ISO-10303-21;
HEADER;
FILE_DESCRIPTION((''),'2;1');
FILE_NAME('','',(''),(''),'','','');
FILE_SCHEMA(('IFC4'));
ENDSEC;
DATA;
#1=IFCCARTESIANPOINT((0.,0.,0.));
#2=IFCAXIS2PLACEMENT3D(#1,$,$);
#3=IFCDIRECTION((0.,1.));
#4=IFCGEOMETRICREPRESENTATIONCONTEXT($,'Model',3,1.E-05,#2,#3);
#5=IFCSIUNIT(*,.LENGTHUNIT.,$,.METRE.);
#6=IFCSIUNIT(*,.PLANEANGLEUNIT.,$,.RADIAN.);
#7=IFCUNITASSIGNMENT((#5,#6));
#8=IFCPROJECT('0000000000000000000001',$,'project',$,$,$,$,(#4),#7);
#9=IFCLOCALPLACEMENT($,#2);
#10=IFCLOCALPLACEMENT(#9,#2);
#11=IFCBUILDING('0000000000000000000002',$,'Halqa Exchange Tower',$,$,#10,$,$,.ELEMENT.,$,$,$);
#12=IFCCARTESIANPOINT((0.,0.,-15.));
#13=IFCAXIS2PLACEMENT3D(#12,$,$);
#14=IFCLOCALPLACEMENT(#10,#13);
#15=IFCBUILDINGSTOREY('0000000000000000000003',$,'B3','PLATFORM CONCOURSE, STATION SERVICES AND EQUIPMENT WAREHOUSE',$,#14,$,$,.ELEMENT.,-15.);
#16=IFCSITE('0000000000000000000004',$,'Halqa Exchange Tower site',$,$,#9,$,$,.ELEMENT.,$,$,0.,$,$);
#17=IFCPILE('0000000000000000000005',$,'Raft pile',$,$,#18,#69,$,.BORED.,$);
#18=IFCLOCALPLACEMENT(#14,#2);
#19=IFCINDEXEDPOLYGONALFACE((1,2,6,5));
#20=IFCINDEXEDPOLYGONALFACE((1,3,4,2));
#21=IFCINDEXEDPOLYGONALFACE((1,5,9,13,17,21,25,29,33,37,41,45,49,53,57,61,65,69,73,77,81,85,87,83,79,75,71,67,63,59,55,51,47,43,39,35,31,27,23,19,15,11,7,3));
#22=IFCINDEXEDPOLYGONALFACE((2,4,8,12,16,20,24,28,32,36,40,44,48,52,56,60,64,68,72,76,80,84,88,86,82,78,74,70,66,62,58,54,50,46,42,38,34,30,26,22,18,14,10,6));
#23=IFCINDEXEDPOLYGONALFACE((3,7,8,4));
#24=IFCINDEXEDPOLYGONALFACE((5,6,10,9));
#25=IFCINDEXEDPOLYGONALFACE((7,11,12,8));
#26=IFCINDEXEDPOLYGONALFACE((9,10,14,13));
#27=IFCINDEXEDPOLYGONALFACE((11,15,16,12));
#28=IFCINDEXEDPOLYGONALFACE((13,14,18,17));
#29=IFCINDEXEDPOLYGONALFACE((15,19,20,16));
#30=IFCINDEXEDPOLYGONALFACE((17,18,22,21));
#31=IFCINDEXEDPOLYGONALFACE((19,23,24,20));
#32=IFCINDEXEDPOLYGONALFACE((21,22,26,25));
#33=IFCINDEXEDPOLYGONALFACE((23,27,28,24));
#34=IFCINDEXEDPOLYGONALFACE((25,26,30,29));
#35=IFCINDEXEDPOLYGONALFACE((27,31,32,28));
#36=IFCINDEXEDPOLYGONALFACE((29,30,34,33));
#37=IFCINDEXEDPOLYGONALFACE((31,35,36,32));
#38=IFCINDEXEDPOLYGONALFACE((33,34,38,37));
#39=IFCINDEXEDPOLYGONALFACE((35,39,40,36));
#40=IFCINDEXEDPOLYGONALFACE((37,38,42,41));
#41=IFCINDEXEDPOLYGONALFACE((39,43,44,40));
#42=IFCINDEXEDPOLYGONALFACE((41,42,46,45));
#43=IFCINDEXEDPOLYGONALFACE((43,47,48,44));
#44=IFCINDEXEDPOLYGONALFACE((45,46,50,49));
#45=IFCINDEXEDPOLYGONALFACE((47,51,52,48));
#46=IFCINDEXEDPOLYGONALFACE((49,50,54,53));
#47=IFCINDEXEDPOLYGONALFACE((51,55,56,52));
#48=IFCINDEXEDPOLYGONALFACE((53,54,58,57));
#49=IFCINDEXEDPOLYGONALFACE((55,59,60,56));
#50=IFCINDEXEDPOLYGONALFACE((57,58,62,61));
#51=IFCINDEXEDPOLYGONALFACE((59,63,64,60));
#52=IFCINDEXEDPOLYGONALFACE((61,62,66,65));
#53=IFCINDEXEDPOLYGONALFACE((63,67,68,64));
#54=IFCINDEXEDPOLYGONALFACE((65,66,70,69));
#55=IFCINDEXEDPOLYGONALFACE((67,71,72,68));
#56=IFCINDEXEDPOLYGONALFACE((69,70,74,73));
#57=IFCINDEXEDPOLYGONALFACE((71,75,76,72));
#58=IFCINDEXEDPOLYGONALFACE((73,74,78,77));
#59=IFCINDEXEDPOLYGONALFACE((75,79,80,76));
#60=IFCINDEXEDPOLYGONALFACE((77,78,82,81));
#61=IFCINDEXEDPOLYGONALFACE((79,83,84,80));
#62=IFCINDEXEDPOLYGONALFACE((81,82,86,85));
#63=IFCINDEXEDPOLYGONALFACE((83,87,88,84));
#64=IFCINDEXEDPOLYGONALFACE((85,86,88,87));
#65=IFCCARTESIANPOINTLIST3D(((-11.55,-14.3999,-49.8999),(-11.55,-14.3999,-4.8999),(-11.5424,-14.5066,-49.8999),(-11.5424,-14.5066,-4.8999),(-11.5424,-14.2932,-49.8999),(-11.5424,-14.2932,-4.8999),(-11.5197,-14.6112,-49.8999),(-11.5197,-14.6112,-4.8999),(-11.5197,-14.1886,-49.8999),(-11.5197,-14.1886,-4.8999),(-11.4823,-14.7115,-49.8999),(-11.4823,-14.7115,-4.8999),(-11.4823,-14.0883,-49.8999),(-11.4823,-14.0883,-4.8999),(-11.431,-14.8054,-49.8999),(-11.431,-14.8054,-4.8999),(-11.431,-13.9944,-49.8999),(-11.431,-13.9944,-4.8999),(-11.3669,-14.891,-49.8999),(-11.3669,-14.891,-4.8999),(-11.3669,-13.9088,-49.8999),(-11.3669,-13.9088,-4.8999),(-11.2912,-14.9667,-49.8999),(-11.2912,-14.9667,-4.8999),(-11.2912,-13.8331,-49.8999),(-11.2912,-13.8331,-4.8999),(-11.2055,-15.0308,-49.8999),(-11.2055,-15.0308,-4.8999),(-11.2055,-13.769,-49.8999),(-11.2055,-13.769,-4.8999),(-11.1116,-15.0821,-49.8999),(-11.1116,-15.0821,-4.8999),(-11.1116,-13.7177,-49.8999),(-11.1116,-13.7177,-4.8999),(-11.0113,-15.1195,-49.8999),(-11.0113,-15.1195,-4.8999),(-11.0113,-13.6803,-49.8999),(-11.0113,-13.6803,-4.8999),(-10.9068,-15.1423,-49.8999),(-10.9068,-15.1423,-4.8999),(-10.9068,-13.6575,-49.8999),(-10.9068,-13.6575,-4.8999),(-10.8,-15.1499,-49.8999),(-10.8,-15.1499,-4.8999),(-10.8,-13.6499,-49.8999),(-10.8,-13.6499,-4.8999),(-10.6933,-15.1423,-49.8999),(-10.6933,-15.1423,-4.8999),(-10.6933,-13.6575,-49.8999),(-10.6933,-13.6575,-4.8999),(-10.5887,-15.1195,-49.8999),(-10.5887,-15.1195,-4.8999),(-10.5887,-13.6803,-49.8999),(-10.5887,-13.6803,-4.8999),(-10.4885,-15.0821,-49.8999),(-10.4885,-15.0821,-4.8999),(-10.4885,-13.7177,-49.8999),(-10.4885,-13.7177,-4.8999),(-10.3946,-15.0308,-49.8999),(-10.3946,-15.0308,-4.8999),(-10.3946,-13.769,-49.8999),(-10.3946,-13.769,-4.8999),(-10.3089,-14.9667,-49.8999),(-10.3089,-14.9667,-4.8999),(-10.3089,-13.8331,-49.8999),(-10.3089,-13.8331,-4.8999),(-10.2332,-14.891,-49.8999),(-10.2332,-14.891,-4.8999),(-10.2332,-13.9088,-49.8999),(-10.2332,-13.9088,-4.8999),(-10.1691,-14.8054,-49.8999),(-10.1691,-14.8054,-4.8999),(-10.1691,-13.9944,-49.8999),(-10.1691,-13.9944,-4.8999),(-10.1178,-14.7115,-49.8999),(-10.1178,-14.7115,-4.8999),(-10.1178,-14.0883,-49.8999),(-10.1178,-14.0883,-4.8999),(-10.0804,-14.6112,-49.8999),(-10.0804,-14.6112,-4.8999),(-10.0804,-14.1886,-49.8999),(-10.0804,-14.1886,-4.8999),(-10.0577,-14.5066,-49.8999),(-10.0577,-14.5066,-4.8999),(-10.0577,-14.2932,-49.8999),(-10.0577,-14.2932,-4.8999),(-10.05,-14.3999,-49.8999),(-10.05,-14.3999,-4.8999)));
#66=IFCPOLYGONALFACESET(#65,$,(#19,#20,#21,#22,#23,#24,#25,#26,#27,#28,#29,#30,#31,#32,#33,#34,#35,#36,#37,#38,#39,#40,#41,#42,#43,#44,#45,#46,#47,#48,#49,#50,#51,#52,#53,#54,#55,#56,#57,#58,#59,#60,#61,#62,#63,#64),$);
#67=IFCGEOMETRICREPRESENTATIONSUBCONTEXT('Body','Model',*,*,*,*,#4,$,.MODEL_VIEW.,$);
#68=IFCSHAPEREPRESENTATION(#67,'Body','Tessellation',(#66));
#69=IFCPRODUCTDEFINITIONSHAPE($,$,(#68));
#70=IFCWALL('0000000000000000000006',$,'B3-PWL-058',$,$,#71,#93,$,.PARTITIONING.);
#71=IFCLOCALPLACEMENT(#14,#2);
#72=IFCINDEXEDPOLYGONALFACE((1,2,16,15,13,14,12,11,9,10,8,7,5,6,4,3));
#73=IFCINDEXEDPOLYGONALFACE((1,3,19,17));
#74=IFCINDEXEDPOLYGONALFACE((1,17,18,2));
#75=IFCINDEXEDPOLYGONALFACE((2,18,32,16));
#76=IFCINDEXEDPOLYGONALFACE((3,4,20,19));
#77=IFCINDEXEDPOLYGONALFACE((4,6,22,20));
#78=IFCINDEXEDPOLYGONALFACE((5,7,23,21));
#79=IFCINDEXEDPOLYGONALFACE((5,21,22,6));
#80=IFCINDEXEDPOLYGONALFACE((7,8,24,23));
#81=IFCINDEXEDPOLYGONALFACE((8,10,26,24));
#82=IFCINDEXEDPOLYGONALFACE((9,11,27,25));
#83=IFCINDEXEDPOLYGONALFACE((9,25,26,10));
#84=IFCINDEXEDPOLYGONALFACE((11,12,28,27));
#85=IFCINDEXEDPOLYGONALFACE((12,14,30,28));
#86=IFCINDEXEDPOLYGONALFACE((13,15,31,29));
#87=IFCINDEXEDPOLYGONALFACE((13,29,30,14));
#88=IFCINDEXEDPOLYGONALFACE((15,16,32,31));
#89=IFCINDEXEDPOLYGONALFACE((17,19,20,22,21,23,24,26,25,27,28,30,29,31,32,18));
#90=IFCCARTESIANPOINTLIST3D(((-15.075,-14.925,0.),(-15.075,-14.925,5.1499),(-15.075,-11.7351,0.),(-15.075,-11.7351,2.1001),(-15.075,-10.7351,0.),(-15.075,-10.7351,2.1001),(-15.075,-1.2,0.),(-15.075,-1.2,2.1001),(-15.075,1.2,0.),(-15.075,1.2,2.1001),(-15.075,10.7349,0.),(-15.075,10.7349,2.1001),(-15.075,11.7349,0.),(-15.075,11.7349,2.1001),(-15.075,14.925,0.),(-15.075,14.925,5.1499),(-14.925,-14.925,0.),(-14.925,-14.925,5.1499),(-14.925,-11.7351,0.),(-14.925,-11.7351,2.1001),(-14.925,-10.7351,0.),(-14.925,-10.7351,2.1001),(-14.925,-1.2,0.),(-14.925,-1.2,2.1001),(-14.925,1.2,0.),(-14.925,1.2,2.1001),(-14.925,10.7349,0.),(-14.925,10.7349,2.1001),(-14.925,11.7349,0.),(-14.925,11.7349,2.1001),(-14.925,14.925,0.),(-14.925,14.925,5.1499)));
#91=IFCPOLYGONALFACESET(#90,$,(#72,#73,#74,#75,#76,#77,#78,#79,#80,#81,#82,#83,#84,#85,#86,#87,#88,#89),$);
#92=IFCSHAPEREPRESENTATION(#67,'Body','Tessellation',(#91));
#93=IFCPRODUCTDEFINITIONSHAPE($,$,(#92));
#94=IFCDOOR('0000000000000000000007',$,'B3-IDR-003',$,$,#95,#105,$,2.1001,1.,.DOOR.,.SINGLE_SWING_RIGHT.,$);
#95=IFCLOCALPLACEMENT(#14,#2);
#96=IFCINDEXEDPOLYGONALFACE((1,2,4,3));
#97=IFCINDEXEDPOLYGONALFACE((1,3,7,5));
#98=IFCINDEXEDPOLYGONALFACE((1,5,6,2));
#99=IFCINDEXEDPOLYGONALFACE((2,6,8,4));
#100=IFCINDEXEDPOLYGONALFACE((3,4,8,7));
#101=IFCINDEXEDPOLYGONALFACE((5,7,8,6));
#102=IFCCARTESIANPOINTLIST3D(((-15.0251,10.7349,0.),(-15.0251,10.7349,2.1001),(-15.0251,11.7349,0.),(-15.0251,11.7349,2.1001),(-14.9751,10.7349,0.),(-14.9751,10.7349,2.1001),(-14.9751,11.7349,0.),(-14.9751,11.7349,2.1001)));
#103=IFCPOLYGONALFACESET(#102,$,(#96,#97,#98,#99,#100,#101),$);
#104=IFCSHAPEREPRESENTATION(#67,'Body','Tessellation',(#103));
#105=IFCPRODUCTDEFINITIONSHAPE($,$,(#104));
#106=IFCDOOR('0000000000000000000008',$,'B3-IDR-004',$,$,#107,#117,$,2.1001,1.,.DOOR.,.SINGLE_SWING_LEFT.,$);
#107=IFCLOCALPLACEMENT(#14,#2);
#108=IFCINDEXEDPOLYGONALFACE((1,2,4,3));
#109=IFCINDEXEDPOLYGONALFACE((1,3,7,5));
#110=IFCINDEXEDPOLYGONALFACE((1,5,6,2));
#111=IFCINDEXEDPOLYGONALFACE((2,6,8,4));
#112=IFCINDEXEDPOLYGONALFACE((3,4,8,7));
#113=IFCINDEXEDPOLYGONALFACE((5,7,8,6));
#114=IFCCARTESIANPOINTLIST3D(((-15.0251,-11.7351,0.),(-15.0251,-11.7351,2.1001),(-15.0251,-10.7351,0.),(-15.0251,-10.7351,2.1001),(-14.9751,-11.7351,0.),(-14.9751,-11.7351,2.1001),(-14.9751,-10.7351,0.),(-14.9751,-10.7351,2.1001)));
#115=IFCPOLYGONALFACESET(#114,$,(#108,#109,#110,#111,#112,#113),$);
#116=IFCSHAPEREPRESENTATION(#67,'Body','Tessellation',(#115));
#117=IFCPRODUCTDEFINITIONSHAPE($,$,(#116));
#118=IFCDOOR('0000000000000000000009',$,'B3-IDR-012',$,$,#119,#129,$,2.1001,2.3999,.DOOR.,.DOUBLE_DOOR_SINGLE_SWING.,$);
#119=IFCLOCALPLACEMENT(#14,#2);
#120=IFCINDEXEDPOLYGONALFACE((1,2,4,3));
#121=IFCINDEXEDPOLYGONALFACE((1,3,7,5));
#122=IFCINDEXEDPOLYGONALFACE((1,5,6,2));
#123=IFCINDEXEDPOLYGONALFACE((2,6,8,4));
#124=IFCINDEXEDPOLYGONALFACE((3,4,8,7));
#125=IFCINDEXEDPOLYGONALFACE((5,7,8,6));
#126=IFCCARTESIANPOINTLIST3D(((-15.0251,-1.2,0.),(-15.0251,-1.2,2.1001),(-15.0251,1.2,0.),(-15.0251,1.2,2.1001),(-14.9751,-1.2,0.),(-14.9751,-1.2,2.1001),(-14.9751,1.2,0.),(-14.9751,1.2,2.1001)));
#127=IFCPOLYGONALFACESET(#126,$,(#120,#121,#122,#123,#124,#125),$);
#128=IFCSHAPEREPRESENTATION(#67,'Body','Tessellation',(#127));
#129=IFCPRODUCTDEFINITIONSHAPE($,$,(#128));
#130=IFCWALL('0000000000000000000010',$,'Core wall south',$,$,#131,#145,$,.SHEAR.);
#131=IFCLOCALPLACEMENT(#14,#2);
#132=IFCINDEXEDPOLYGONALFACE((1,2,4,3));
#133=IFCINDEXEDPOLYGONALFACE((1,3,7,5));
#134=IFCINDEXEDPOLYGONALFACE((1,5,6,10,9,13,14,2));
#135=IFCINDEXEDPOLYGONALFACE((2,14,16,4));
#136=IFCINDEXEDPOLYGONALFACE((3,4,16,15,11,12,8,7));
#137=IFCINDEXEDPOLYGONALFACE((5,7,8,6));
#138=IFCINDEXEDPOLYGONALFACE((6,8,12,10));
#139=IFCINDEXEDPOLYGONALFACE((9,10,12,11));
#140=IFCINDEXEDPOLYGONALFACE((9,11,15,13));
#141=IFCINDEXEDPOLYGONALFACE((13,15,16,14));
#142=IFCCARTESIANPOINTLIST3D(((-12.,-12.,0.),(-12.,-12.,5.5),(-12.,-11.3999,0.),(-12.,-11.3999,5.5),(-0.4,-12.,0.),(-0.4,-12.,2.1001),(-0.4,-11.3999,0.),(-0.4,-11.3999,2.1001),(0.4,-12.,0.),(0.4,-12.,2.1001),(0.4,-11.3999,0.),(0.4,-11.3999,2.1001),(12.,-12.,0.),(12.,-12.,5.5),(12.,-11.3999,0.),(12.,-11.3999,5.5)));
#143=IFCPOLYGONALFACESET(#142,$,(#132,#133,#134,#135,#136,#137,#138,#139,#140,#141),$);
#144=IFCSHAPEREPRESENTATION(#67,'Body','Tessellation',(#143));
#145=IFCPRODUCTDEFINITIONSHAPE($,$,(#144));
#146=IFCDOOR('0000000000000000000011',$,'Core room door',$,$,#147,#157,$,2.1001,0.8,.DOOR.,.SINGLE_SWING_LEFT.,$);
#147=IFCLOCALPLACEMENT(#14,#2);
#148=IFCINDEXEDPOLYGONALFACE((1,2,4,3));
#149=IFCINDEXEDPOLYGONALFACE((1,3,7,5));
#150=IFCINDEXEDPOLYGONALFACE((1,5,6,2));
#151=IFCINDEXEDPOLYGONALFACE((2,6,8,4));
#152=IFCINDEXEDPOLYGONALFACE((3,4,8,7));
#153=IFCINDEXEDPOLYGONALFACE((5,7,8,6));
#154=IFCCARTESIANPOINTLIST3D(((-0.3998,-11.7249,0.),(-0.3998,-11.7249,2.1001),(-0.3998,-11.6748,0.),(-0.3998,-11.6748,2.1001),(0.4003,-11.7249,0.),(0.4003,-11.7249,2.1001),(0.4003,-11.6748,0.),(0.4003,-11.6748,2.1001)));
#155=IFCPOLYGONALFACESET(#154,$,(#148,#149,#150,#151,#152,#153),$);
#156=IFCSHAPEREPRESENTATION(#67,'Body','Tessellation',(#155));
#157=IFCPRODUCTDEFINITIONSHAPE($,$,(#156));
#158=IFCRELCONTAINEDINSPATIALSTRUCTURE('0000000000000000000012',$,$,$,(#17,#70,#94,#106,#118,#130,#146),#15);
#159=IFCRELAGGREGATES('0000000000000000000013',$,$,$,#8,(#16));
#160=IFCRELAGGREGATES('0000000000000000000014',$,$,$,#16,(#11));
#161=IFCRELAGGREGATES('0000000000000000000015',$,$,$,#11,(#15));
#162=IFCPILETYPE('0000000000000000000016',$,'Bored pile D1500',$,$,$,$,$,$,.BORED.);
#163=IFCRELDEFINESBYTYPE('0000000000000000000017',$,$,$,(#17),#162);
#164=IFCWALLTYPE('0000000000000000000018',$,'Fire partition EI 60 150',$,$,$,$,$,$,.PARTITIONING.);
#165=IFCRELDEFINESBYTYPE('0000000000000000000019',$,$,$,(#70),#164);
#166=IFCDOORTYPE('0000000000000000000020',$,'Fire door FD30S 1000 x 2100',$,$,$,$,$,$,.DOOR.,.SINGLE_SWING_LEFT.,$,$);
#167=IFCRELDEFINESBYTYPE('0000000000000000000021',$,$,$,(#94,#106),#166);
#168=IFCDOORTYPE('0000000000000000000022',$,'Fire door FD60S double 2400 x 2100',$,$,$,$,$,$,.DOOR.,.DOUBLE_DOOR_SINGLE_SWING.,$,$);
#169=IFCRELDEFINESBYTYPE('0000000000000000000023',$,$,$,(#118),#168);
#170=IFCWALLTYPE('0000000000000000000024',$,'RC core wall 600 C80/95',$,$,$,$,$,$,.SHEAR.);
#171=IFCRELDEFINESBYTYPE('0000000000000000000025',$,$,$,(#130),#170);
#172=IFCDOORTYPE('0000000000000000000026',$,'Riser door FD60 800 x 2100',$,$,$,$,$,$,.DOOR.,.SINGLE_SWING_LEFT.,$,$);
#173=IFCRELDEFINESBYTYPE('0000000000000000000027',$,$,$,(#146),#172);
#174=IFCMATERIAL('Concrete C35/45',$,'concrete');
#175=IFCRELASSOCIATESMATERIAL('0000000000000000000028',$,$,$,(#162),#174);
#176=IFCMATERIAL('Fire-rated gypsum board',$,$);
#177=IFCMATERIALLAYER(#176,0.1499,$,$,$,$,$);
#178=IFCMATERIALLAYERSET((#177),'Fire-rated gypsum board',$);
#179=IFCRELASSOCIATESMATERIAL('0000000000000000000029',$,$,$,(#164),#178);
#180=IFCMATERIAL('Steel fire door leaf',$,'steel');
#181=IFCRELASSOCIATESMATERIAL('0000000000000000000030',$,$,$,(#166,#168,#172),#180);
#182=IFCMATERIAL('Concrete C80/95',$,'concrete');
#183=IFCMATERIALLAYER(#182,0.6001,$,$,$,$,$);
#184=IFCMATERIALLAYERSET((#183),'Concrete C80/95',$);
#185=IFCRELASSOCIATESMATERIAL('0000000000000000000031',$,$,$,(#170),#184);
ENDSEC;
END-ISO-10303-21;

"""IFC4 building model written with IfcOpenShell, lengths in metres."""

from ifc_helpers import new_model, si_unit, direction, frame, frame_2d, origin, origin_2d, place, context, subcontext, project, spatial, rectangle, circle, extrude, material, layer, layer_set, material_profile, profile_set, type_object, element, fill, save


model = new_model("IFC4")

# Units and contexts
model_context = context("Model", 3, precision=1e-05, world=origin(), true_north=direction((0.0, 1.0)))
body_context = subcontext(model_context, "Body", "Model", "MODEL_VIEW")
ifc_project = project(units=[si_unit("LENGTHUNIT", "METRE"), si_unit("PLANEANGLEUNIT", "RADIAN")], contexts=[model_context])

# Site, building, storey
site_placement = place(None, origin())
site = spatial("IfcSite", under=ifc_project, at=site_placement, Name="Halqa Exchange Tower site", CompositionType="ELEMENT", RefElevation=0.0)
building_placement = place(site_placement, origin())
building = spatial("IfcBuilding", under=site, at=building_placement, Name="Halqa Exchange Tower", CompositionType="ELEMENT")
storey_placement = place(building_placement, frame((0.0, 0.0, -15.0)))
storey = spatial("IfcBuildingStorey", under=building, at=storey_placement, Name="B3", Description="PLATFORM CONCOURSE, STATION SERVICES AND EQUIPMENT WAREHOUSE", CompositionType="ELEMENT", Elevation=-15.0)

# Pile
ifc_material_1 = material(Name="Concrete C35/45", Category="concrete")
ifc_material_profile_1 = material_profile(ifc_material_1, circle(Radius=0.75, at=origin_2d()), Name="D1500")
ifc_profile_set_1 = profile_set([ifc_material_profile_1], Name="Concrete C35/45")
pile_type_1 = type_object("IfcPileType", Name="Bored pile D1500", PredefinedType="BORED", material=ifc_profile_set_1)
for number, where, z_axis, x_axis, name in (
    (1, (-10.8, -14.3999, -4.8999), (0.0, 0.0, -1.0), (1.0, 0.0, 0.0), "Raft pile"),
):
    element("IfcPile", number, at=place(storey_placement, frame(where, z_axis=z_axis, x_axis=x_axis)), inside=storey, type_object=pile_type_1, Name=name, PredefinedType="BORED", context=body_context, shape_type="SweptSolid", body=[
        extrude(circle(Radius=0.75, at=origin_2d()), origin(), (0.0, 0.0, 1.0), 45.0),
    ])

# Wall, openings, doors
ifc_material_2 = material(Name="Fire-rated gypsum board")
ifc_layer_1 = layer(ifc_material_2, 0.1499)
ifc_layer_set_1 = layer_set([ifc_layer_1], Name="Fire-rated gypsum board")
wall_type_1 = type_object("IfcWallType", Name="Fire partition EI 60 150", PredefinedType="PARTITIONING", material=ifc_layer_set_1)
wall_1_placement = place(storey_placement, frame((-15.0, -14.925, 0.0), z_axis=(0.0, 0.0, 1.0), x_axis=(0.0, 1.0, 0.0)))
wall_1 = element("IfcWall", 2, at=wall_1_placement, inside=storey, type_object=wall_type_1, Name="B3-PWL-058", PredefinedType="PARTITIONING", context=body_context, shape_type="SweptSolid", body=[
    extrude(rectangle(XDim=29.8501, YDim=0.1499, at=frame_2d((14.925, 0.0))), origin(), (0.0, 0.0, 1.0), 5.1499),
])
opening_1_placement = place(wall_1_placement, frame((25.6599, 0.0, 0.0)))
opening_1 = element("IfcOpeningElement", 3, at=opening_1_placement, cuts=wall_1, PredefinedType="OPENING", context=body_context, shape_type="SweptSolid", body=[
    extrude(rectangle(XDim=1.0, YDim=2.1001, at=frame_2d((0.5, 1.05))), frame((0.0, 0.0869, 0.0), z_axis=(0.0, -1.0, 0.0), x_axis=(1.0, 0.0, 0.0)), (0.0, 0.0, 1.0), 0.1738),
])
opening_2_placement = place(wall_1_placement, frame((3.1899, 0.0, 0.0)))
opening_2 = element("IfcOpeningElement", 4, at=opening_2_placement, cuts=wall_1, PredefinedType="OPENING", context=body_context, shape_type="SweptSolid", body=[
    extrude(rectangle(XDim=1.0, YDim=2.1001, at=frame_2d((0.5, 1.05))), frame((0.0, 0.0869, 0.0), z_axis=(0.0, -1.0, 0.0), x_axis=(1.0, 0.0, 0.0)), (0.0, 0.0, 1.0), 0.1738),
])
opening_3_placement = place(wall_1_placement, frame((13.7251, 0.0, 0.0)))
opening_3 = element("IfcOpeningElement", 5, at=opening_3_placement, cuts=wall_1, PredefinedType="OPENING", context=body_context, shape_type="SweptSolid", body=[
    extrude(rectangle(XDim=2.3999, YDim=2.1001, at=frame_2d((1.2, 1.05))), frame((0.0, 0.0869, 0.0), z_axis=(0.0, -1.0, 0.0), x_axis=(1.0, 0.0, 0.0)), (0.0, 0.0, 1.0), 0.1738),
])
ifc_material_3 = material(Name="Steel fire door leaf", Category="steel")
door_type_1 = type_object("IfcDoorType", Name="Fire door FD30S 1000 x 2100", OperationType="SINGLE_SWING_LEFT", PredefinedType="DOOR", material=ifc_material_3)
door_1_placement = place(opening_1_placement, frame((1.0, 0.0, 0.0), z_axis=(0.0, 0.0, 1.0), x_axis=(-1.0, 0.0, 0.0)))
door_1 = element("IfcDoor", 6, at=door_1_placement, inside=storey, type_object=door_type_1, Name="B3-IDR-003", OperationType="SINGLE_SWING_RIGHT", OverallHeight=2.1001, OverallWidth=1.0, PredefinedType="DOOR", context=body_context, shape_type="SweptSolid", body=[
    extrude(rectangle(XDim=1.0, YDim=2.1001, at=frame_2d((0.5, 1.05))), frame((0.0, 0.0249, 0.0), z_axis=(0.0, -1.0, 0.0), x_axis=(1.0, 0.0, 0.0)), (0.0, 0.0, 1.0), 0.05),
])
fill(opening_1, door_1)
door_2_placement = place(opening_2_placement, frame((1.0, 0.0, 0.0), z_axis=(0.0, 0.0, 1.0), x_axis=(-1.0, 0.0, 0.0)))
door_2 = element("IfcDoor", 7, at=door_2_placement, inside=storey, type_object=door_type_1, Name="B3-IDR-004", OperationType="SINGLE_SWING_LEFT", OverallHeight=2.1001, OverallWidth=1.0, PredefinedType="DOOR", context=body_context, shape_type="SweptSolid", body=[
    extrude(rectangle(XDim=1.0, YDim=2.1001, at=frame_2d((0.5, 1.05))), frame((0.0, 0.0249, 0.0), z_axis=(0.0, -1.0, 0.0), x_axis=(1.0, 0.0, 0.0)), (0.0, 0.0, 1.0), 0.05),
])
fill(opening_2, door_2)
door_type_2 = type_object("IfcDoorType", Name="Fire door FD60S double 2400 x 2100", OperationType="DOUBLE_DOOR_SINGLE_SWING", PredefinedType="DOOR", material=ifc_material_3)
door_3_placement = place(opening_3_placement, frame((2.3999, 0.0, 0.0), z_axis=(0.0, 0.0, 1.0), x_axis=(-1.0, 0.0, 0.0)))
door_3 = element("IfcDoor", 8, at=door_3_placement, inside=storey, type_object=door_type_2, Name="B3-IDR-012", OperationType="DOUBLE_DOOR_SINGLE_SWING", OverallHeight=2.1001, OverallWidth=2.3999, PredefinedType="DOOR", context=body_context, shape_type="SweptSolid", body=[
    extrude(rectangle(XDim=2.3999, YDim=2.1001, at=frame_2d((1.2, 1.05))), frame((0.0, 0.0249, 0.0), z_axis=(0.0, -1.0, 0.0), x_axis=(1.0, 0.0, 0.0)), (0.0, 0.0, 1.0), 0.05),
])
fill(opening_3, door_3)

# Wall, opening, door
ifc_material_4 = material(Name="Concrete C80/95", Category="concrete")
ifc_layer_2 = layer(ifc_material_4, 0.6001)
ifc_layer_set_2 = layer_set([ifc_layer_2], Name="Concrete C80/95")
wall_type_2 = type_object("IfcWallType", Name="RC core wall 600 C80/95", PredefinedType="SHEAR", material=ifc_layer_set_2)
wall_2_placement = place(storey_placement, frame((-12.0, -11.7, 0.0), z_axis=(0.0, 0.0, 1.0), x_axis=(1.0, 0.0, 0.0)))
wall_2 = element("IfcWall", 9, at=wall_2_placement, inside=storey, type_object=wall_type_2, Name="Core wall south", PredefinedType="SHEAR", context=body_context, shape_type="SweptSolid", body=[
    extrude(rectangle(XDim=24.0, YDim=0.6001, at=frame_2d((12.0, 0.0))), origin(), (0.0, 0.0, 1.0), 5.5),
])
opening_4_placement = place(wall_2_placement, frame((11.6001, 0.0, 0.0)))
opening_4 = element("IfcOpeningElement", 10, at=opening_4_placement, cuts=wall_2, PredefinedType="OPENING", context=body_context, shape_type="SweptSolid", body=[
    extrude(rectangle(XDim=0.8, YDim=2.1001, at=frame_2d((0.3999, 1.05))), frame((0.0, 0.312, 0.0), z_axis=(0.0, -1.0, 0.0), x_axis=(1.0, 0.0, 0.0)), (0.0, 0.0, 1.0), 0.624),
])
door_type_3 = type_object("IfcDoorType", Name="Riser door FD60 800 x 2100", OperationType="SINGLE_SWING_LEFT", PredefinedType="DOOR", material=ifc_material_3)
door_4_placement = place(opening_4_placement, frame((0.8, 0.0, 0.0), z_axis=(0.0, 0.0, 1.0), x_axis=(-1.0, 0.0, 0.0)))
door_4 = element("IfcDoor", 11, at=door_4_placement, inside=storey, type_object=door_type_3, Name="Core room door", OperationType="SINGLE_SWING_LEFT", OverallHeight=2.1001, OverallWidth=0.8, PredefinedType="DOOR", context=body_context, shape_type="SweptSolid", body=[
    extrude(rectangle(XDim=0.8, YDim=2.1001, at=frame_2d((0.3999, 1.05))), frame((0.0, 0.0249, 0.0), z_axis=(0.0, -1.0, 0.0), x_axis=(1.0, 0.0, 0.0)), (0.0, 0.0, 1.0), 0.05),
])
fill(opening_4, door_4)

save(model, "model.ifc")
